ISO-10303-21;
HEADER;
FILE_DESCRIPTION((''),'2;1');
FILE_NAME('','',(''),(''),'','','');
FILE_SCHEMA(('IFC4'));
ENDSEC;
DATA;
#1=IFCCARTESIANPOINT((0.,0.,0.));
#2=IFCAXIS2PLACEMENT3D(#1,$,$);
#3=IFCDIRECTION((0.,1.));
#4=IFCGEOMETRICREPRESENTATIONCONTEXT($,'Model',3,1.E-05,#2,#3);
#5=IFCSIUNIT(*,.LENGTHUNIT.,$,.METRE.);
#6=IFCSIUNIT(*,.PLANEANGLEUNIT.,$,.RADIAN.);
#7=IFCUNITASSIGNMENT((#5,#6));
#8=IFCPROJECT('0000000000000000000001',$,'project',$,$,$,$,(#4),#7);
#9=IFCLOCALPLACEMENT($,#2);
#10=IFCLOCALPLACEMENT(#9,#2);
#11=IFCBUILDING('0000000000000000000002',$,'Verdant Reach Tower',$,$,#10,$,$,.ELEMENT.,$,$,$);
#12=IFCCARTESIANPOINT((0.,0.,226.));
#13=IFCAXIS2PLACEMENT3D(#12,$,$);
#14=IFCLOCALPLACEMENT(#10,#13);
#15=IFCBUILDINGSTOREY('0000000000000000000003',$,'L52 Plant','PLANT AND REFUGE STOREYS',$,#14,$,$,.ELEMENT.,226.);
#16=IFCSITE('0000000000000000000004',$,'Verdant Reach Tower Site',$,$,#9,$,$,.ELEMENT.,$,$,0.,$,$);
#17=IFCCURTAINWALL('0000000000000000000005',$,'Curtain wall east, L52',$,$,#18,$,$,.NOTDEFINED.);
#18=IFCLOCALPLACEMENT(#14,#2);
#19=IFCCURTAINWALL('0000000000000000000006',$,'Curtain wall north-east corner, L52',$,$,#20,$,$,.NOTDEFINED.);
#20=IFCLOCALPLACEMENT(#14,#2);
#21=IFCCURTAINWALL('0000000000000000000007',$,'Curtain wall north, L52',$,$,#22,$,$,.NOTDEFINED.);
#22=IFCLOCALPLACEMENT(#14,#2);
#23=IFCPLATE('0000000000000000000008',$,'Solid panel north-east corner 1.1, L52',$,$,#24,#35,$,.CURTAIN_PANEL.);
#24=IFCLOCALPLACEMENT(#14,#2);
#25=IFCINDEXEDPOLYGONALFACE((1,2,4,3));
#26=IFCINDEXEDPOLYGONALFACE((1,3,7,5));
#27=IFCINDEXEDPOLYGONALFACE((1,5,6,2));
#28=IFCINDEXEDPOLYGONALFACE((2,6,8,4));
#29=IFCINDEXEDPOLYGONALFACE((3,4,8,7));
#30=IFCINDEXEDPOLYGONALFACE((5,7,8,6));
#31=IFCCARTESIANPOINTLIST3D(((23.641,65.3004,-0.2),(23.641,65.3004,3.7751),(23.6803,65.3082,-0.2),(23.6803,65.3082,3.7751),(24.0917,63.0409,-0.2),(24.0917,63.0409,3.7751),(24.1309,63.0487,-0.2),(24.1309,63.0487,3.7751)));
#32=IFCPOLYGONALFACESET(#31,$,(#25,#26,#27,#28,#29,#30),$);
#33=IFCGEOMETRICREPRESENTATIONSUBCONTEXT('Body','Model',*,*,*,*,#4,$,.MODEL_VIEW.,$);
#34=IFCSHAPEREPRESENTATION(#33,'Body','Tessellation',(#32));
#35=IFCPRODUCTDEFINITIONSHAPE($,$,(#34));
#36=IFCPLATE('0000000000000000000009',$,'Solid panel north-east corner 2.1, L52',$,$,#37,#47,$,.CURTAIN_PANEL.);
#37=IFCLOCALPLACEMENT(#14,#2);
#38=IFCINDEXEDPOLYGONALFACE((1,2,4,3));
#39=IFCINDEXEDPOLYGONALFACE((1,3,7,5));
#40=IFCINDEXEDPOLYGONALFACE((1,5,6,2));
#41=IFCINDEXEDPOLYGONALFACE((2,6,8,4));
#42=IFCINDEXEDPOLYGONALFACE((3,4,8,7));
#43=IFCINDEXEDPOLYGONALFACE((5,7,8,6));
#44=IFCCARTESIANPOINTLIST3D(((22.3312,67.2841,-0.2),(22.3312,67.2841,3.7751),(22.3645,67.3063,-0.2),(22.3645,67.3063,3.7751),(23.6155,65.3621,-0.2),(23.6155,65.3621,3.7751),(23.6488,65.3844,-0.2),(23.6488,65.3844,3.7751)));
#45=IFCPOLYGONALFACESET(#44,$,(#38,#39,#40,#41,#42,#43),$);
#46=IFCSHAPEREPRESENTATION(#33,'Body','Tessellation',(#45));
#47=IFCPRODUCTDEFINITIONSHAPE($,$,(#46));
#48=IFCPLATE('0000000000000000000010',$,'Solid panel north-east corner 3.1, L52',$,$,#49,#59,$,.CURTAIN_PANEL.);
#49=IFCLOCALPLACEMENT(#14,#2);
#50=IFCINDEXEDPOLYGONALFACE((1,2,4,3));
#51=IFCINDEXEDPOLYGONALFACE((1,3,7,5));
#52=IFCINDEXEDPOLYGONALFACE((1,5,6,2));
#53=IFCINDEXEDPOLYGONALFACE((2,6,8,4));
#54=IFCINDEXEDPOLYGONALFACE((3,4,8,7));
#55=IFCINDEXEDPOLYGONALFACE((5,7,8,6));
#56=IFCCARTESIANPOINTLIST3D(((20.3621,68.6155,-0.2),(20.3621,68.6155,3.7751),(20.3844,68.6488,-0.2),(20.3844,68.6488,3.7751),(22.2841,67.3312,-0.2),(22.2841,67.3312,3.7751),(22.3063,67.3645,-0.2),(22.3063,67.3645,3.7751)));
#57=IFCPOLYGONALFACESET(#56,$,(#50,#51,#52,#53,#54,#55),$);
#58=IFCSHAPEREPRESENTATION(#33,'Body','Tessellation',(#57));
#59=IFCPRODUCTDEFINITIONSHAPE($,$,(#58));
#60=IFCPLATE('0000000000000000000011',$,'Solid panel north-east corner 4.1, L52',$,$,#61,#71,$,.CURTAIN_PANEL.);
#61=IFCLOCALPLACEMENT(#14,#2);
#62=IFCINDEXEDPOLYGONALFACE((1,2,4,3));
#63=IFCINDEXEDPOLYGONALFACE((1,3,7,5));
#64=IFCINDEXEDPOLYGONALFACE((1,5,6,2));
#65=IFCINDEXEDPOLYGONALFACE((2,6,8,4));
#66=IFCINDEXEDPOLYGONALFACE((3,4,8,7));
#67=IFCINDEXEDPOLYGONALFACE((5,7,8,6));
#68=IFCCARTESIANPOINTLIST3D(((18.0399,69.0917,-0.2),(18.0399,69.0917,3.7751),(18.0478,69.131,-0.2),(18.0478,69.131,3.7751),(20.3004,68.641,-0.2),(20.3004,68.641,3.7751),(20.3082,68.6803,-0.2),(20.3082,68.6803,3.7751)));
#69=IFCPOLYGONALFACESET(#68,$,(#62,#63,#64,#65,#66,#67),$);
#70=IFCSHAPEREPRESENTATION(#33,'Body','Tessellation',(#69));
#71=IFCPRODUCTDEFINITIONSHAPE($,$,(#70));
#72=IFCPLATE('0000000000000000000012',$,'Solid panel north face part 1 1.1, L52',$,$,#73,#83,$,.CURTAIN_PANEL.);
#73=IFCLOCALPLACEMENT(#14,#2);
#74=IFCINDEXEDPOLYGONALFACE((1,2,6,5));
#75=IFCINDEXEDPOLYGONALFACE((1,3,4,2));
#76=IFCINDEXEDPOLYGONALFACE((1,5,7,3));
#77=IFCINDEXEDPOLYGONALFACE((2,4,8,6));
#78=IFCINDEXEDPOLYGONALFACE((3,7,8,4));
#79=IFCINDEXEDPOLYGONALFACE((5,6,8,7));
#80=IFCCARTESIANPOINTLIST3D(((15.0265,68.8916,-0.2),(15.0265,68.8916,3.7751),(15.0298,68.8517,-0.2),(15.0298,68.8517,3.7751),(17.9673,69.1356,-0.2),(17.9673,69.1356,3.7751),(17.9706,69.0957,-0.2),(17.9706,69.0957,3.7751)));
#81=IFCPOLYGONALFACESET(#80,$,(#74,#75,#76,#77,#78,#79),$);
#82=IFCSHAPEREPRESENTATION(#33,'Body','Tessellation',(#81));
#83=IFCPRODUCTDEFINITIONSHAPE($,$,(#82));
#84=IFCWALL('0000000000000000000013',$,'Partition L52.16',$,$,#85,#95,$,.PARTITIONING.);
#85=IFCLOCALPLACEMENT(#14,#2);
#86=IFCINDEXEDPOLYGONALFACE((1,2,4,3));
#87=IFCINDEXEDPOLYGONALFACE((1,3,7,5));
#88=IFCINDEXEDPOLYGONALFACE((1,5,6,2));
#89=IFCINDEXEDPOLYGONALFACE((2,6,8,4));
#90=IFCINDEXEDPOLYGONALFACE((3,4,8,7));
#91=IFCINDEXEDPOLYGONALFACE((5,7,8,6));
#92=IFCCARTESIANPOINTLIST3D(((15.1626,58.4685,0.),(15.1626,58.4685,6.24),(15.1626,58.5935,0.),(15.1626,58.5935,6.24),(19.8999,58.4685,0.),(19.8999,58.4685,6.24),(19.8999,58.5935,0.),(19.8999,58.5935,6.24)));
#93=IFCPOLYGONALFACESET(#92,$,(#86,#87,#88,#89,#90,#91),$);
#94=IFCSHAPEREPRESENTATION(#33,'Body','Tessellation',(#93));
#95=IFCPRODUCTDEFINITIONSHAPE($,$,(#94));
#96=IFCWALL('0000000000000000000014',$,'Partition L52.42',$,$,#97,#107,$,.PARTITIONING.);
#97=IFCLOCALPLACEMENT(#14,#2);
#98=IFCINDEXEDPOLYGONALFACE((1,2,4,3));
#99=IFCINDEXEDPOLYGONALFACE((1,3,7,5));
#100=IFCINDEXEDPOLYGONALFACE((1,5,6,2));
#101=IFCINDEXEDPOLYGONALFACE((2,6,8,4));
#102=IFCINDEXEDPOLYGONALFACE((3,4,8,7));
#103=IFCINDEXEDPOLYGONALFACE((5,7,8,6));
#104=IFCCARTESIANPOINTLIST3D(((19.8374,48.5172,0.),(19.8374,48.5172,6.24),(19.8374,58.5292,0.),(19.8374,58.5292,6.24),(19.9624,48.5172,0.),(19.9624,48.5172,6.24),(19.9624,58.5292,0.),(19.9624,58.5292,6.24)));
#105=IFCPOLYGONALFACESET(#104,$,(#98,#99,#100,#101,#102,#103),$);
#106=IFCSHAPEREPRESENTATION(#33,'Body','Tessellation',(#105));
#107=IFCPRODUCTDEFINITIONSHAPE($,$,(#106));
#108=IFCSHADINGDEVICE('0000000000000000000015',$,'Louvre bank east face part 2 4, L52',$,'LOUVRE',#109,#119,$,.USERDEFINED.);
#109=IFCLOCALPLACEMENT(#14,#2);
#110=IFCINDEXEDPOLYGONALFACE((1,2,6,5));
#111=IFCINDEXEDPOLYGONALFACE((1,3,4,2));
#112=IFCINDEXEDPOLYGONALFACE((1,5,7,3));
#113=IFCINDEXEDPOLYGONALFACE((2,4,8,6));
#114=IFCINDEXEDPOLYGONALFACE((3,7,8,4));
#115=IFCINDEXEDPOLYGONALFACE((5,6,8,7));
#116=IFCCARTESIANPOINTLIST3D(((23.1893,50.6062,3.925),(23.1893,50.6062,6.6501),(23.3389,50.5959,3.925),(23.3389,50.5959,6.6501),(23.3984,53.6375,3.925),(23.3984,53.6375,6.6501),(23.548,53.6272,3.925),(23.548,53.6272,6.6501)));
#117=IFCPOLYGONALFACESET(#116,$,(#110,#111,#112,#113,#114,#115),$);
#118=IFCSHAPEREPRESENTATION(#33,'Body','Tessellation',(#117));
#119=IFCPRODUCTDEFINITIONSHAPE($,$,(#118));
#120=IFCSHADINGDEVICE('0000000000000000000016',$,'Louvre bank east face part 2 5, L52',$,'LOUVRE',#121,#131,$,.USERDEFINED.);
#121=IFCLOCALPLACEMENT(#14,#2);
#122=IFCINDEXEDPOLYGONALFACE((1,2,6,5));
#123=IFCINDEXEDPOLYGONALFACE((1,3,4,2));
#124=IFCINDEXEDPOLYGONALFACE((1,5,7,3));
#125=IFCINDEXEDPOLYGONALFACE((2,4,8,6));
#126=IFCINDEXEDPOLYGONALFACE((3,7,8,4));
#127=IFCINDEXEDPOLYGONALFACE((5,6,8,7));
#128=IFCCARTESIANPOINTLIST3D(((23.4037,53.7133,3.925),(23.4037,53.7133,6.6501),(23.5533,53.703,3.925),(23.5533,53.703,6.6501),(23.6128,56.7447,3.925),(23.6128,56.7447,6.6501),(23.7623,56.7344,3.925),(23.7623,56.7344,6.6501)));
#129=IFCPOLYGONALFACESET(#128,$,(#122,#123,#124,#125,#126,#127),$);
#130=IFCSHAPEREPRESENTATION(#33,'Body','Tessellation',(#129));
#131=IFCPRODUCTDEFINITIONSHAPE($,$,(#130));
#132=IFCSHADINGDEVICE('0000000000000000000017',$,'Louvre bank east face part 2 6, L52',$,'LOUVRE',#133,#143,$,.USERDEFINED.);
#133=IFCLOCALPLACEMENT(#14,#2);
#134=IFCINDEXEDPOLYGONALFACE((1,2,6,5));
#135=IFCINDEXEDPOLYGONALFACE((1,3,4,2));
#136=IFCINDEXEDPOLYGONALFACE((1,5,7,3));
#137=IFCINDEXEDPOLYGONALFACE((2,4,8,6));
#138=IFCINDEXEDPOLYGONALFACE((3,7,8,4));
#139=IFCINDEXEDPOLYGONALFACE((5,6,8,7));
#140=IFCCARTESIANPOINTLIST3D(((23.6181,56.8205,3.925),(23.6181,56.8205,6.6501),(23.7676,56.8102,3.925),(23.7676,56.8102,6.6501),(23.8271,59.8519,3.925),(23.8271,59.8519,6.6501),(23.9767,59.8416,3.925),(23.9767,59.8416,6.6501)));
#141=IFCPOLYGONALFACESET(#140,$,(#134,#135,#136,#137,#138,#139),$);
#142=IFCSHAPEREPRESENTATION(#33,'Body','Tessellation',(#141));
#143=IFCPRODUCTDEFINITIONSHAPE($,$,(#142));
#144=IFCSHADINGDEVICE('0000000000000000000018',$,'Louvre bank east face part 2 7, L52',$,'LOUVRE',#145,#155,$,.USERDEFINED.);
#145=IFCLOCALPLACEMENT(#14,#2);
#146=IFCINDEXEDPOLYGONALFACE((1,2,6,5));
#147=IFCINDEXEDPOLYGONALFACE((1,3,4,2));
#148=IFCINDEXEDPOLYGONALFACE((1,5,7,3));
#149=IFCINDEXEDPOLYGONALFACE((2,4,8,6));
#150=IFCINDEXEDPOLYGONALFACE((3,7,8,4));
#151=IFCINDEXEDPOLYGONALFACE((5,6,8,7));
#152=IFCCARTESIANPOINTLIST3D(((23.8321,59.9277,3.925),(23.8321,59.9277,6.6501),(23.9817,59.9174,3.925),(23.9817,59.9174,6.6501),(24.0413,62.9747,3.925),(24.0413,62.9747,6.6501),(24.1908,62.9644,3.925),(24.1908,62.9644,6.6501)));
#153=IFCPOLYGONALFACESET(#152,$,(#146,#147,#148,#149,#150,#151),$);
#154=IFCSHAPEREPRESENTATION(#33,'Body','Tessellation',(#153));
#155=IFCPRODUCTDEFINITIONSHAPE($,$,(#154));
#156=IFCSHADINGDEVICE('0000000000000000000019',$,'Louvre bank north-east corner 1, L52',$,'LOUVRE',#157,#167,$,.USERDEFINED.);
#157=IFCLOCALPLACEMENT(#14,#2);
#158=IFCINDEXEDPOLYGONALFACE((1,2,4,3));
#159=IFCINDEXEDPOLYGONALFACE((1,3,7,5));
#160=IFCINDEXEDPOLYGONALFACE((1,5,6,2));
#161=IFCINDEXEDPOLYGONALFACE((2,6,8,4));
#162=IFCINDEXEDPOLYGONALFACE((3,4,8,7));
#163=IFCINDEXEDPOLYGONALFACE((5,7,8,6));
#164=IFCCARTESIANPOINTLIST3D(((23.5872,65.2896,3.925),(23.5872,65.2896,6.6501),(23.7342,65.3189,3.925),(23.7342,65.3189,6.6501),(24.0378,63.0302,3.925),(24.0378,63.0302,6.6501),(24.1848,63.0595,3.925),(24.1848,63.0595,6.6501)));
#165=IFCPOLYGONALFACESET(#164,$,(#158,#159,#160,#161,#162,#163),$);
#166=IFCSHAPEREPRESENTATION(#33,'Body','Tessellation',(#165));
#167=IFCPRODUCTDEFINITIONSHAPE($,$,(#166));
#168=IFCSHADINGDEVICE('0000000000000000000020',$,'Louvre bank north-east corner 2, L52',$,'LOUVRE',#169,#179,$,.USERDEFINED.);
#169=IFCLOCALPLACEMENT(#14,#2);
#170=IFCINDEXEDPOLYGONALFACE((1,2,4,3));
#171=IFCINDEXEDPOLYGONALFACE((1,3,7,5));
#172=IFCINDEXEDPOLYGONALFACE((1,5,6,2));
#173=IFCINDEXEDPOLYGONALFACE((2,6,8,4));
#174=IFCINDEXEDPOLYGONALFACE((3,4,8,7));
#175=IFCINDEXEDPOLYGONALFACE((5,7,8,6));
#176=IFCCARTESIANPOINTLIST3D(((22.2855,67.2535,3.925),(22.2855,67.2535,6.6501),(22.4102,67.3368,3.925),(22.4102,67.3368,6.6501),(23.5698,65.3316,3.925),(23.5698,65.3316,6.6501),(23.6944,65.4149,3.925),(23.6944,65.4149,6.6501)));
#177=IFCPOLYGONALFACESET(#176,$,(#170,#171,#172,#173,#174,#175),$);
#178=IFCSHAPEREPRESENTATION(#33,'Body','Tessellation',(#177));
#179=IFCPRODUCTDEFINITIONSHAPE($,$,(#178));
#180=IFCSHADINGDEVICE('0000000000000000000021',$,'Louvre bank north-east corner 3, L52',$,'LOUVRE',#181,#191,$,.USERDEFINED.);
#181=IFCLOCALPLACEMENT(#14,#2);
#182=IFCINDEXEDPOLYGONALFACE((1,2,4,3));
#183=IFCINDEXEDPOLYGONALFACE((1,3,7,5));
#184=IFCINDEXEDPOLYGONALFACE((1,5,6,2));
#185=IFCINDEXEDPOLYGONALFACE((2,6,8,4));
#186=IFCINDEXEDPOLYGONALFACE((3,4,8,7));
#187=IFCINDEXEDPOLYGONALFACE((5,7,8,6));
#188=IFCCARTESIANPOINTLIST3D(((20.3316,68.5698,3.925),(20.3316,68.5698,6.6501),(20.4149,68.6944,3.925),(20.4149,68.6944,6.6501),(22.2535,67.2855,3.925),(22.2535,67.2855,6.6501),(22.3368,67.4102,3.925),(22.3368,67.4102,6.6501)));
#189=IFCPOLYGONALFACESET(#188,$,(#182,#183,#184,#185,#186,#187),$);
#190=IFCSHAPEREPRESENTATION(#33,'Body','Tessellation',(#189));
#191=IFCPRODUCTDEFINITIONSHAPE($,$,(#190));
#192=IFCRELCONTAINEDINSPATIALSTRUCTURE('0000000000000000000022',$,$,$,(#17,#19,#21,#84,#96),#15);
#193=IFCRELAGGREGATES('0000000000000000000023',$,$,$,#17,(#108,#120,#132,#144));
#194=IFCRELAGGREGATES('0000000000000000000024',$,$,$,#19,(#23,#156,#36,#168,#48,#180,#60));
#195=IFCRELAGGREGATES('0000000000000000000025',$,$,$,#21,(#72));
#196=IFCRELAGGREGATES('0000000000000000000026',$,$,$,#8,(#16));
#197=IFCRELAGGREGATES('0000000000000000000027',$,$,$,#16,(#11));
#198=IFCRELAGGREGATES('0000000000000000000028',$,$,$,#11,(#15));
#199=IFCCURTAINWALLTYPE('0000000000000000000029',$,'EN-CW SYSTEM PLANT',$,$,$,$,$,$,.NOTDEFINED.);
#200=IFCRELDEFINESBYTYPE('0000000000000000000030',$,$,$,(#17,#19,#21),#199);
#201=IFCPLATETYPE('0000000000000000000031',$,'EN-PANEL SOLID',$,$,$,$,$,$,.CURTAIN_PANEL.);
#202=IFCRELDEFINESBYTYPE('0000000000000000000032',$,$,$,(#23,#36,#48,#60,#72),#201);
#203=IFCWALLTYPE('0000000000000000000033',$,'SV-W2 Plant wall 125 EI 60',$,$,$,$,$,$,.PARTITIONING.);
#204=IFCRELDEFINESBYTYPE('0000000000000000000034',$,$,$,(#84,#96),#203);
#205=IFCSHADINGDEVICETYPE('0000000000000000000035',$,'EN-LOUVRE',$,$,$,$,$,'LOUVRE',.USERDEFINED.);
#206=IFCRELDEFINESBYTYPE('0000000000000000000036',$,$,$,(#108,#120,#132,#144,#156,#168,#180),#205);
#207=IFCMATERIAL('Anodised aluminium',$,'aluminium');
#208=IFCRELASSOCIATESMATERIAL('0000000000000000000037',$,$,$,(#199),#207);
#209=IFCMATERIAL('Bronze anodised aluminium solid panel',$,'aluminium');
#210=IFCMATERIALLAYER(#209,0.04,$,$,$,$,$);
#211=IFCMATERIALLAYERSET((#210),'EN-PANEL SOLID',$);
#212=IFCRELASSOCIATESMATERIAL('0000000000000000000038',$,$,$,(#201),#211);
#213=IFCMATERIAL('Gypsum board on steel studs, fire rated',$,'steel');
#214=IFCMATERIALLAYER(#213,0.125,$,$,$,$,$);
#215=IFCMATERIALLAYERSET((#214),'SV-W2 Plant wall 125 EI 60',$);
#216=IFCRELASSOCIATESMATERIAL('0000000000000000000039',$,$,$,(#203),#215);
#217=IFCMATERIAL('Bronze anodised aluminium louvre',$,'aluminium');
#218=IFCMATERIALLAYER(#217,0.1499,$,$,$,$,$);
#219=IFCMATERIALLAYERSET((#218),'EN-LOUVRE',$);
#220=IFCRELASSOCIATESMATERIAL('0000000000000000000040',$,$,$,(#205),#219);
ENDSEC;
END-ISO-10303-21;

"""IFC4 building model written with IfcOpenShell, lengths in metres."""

from ifc_helpers import new_model, si_unit, direction, frame, frame_2d, origin, origin_2d, place, context, subcontext, project, spatial, rectangle, extrude, material, layer, layer_set, type_object, element, aggregate, save


model = new_model("IFC4")

# Units and contexts
model_context = context("Model", 3, precision=1e-05, world=origin(), true_north=direction((0.0, 1.0)))
body_context = subcontext(model_context, "Body", "Model", "MODEL_VIEW")
ifc_project = project(units=[si_unit("LENGTHUNIT", "METRE"), si_unit("PLANEANGLEUNIT", "RADIAN")], contexts=[model_context])

# Site, building, storey
site_placement = place(None, origin())
site = spatial("IfcSite", under=ifc_project, at=site_placement, Name="Verdant Reach Tower Site", CompositionType="ELEMENT", RefElevation=0.0)
building_placement = place(site_placement, origin())
building = spatial("IfcBuilding", under=site, at=building_placement, Name="Verdant Reach Tower", CompositionType="ELEMENT")
storey_placement = place(building_placement, frame((0.0, 0.0, 226.0)))
storey = spatial("IfcBuildingStorey", under=building, at=storey_placement, Name="L52 Plant", Description="PLANT AND REFUGE STOREYS", CompositionType="ELEMENT", Elevation=226.0)

# Curtain walls
ifc_material_1 = material(Name="Anodised aluminium", Category="aluminium")
curtain_wall_type = type_object("IfcCurtainWallType", Name="EN-CW SYSTEM PLANT", PredefinedType="NOTDEFINED", material=ifc_material_1)
curtain_wall_1_placement = place(storey_placement, origin())
curtain_wall_1 = element("IfcCurtainWall", 1, at=curtain_wall_1_placement, inside=storey, type_object=curtain_wall_type, Name="Curtain wall east, L52", PredefinedType="NOTDEFINED")
curtain_wall_2_placement = place(storey_placement, origin())
curtain_wall_2 = element("IfcCurtainWall", 2, at=curtain_wall_2_placement, inside=storey, type_object=curtain_wall_type, Name="Curtain wall north-east corner, L52", PredefinedType="NOTDEFINED")
curtain_wall_3_placement = place(storey_placement, origin())
curtain_wall_3 = element("IfcCurtainWall", 3, at=curtain_wall_3_placement, inside=storey, type_object=curtain_wall_type, Name="Curtain wall north, L52", PredefinedType="NOTDEFINED")

# Plates
ifc_material_2 = material(Name="Bronze anodised aluminium solid panel", Category="aluminium")
ifc_layer_1 = layer(ifc_material_2, 0.04)
ifc_layer_set_1 = layer_set([ifc_layer_1], Name="EN-PANEL SOLID")
plate_type = type_object("IfcPlateType", Name="EN-PANEL SOLID", PredefinedType="CURTAIN_PANEL", material=ifc_layer_set_1)
plate_1_placement = place(storey_placement, frame((23.886, 64.1746, -0.2), z_axis=(0.0, 0.0, 1.0), x_axis=(-0.195593, 0.980685, 0.0)))
plate_1 = element("IfcPlate", 4, at=plate_1_placement, type_object=plate_type, Name="Solid panel north-east corner 1.1, L52", PredefinedType="CURTAIN_PANEL", context=body_context, shape_type="SweptSolid", body=[
    extrude(rectangle(XDim=2.304, YDim=0.04, at=origin_2d()), origin(), (0.0, 0.0, 1.0), 3.9751),
])
plate_2_placement = place(storey_placement, frame((22.99, 66.3342, -0.2), z_axis=(0.0, 0.0, 1.0), x_axis=(-0.555596, 0.831452, 0.0)))
plate_2 = element("IfcPlate", 5, at=plate_2_placement, type_object=plate_type, Name="Solid panel north-east corner 2.1, L52", PredefinedType="CURTAIN_PANEL", context=body_context, shape_type="SweptSolid", body=[
    extrude(rectangle(XDim=2.3115, YDim=0.04, at=origin_2d()), origin(), (0.0, 0.0, 1.0), 3.9751),
])
plate_3_placement = place(storey_placement, frame((21.3342, 67.99, -0.2), z_axis=(0.0, 0.0, 1.0), x_axis=(-0.831452, 0.555596, 0.0)))
plate_3 = element("IfcPlate", 6, at=plate_3_placement, type_object=plate_type, Name="Solid panel north-east corner 3.1, L52", PredefinedType="CURTAIN_PANEL", context=body_context, shape_type="SweptSolid", body=[
    extrude(rectangle(XDim=2.3115, YDim=0.04, at=origin_2d()), origin(), (0.0, 0.0, 1.0), 3.9751),
])
plate_4_placement = place(storey_placement, frame((19.1741, 68.886, -0.2), z_axis=(0.0, 0.0, 1.0), x_axis=(-0.980695, 0.195545, 0.0)))
plate_4 = element("IfcPlate", 7, at=plate_4_placement, type_object=plate_type, Name="Solid panel north-east corner 4.1, L52", PredefinedType="CURTAIN_PANEL", context=body_context, shape_type="SweptSolid", body=[
    extrude(rectangle(XDim=2.3049, YDim=0.04, at=origin_2d()), origin(), (0.0, 0.0, 1.0), 3.9751),
])
plate_5_placement = place(storey_placement, frame((16.4985, 68.9937, -0.2), z_axis=(0.0, 0.0, 1.0), x_axis=(-0.996578, -0.082664, 0.0)))
plate_5 = element("IfcPlate", 8, at=plate_5_placement, type_object=plate_type, Name="Solid panel north face part 1 1.1, L52", PredefinedType="CURTAIN_PANEL", context=body_context, shape_type="SweptSolid", body=[
    extrude(rectangle(XDim=2.9509, YDim=0.04, at=origin_2d()), origin(), (0.0, 0.0, 1.0), 3.9751),
])

# Walls
ifc_material_3 = material(Name="Gypsum board on steel studs, fire rated", Category="steel")
ifc_layer_2 = layer(ifc_material_3, 0.125)
ifc_layer_set_2 = layer_set([ifc_layer_2], Name="SV-W2 Plant wall 125 EI 60")
wall_type = type_object("IfcWallType", Name="SV-W2 Plant wall 125 EI 60", PredefinedType="PARTITIONING", material=ifc_layer_set_2)
wall_1_placement = place(storey_placement, frame((15.1626, 58.531, 0.0), z_axis=(0.0, 0.0, 1.0), x_axis=(1.0, 0.0, 0.0)))
element("IfcWall", 9, at=wall_1_placement, inside=storey, type_object=wall_type, Name="Partition L52.16", PredefinedType="PARTITIONING", context=body_context, shape_type="SweptSolid", body=[
    extrude(rectangle(XDim=4.7373, YDim=0.125, at=frame_2d((2.3687, 0.0))), origin(), (0.0, 0.0, 1.0), 6.24),
])
wall_2_placement = place(storey_placement, frame((19.8999, 58.5291, 0.0), z_axis=(0.0, 0.0, 1.0), x_axis=(0.0, -1.0, 0.0)))
element("IfcWall", 10, at=wall_2_placement, inside=storey, type_object=wall_type, Name="Partition L52.42", PredefinedType="PARTITIONING", context=body_context, shape_type="SweptSolid", body=[
    extrude(rectangle(XDim=10.012, YDim=0.125, at=frame_2d((5.0059, 0.0))), origin(), (0.0, 0.0, 1.0), 6.24),
])

# Shading devices
ifc_material_4 = material(Name="Bronze anodised aluminium louvre", Category="aluminium")
ifc_layer_3 = layer(ifc_material_4, 0.1499)
ifc_layer_set_3 = layer_set([ifc_layer_3], Name="EN-LOUVRE")
shading_device_type = type_object("IfcShadingDeviceType", Name="EN-LOUVRE", ElementType="LOUVRE", PredefinedType="USERDEFINED", material=ifc_layer_set_3)
shading_device_1_placement = place(storey_placement, frame((23.3687, 52.1167, 3.925), z_axis=(0.0, 0.0, 1.0), x_axis=(0.068802, 0.99763, 0.0)))
shading_device_1 = element("IfcShadingDevice", 11, at=shading_device_1_placement, type_object=shading_device_type, Name="Louvre bank east face part 2 4, L52", ObjectType="LOUVRE", PredefinedType="USERDEFINED", context=body_context, shape_type="SweptSolid", body=[
    extrude(rectangle(XDim=3.0386, YDim=0.1499, at=origin_2d()), origin(), (0.0, 0.0, 1.0), 2.7251),
])
shading_device_2_placement = place(storey_placement, frame((23.583, 55.2239, 3.925), z_axis=(0.0, 0.0, 1.0), x_axis=(0.068802, 0.99763, 0.0)))
shading_device_2 = element("IfcShadingDevice", 12, at=shading_device_2_placement, type_object=shading_device_type, Name="Louvre bank east face part 2 5, L52", ObjectType="LOUVRE", PredefinedType="USERDEFINED", context=body_context, shape_type="SweptSolid", body=[
    extrude(rectangle(XDim=3.0386, YDim=0.1499, at=origin_2d()), origin(), (0.0, 0.0, 1.0), 2.7251),
])
shading_device_3_placement = place(storey_placement, frame((23.7974, 58.3311, 3.925), z_axis=(0.0, 0.0, 1.0), x_axis=(0.068802, 0.99763, 0.0)))
shading_device_3 = element("IfcShadingDevice", 13, at=shading_device_3_placement, type_object=shading_device_type, Name="Louvre bank east face part 2 6, L52", ObjectType="LOUVRE", PredefinedType="USERDEFINED", context=body_context, shape_type="SweptSolid", body=[
    extrude(rectangle(XDim=3.0386, YDim=0.1499, at=origin_2d()), origin(), (0.0, 0.0, 1.0), 2.7251),
])
shading_device_4_placement = place(storey_placement, frame((24.0115, 61.446, 3.925), z_axis=(0.0, 0.0, 1.0), x_axis=(0.068469, 0.997653, 0.0)))
shading_device_4 = element("IfcShadingDevice", 14, at=shading_device_4_placement, type_object=shading_device_type, Name="Louvre bank east face part 2 7, L52", ObjectType="LOUVRE", PredefinedType="USERDEFINED", context=body_context, shape_type="SweptSolid", body=[
    extrude(rectangle(XDim=3.0542, YDim=0.1499, at=origin_2d()), origin(), (0.0, 0.0, 1.0), 2.7251),
])
aggregate(curtain_wall_1, [shading_device_1, shading_device_2, shading_device_3, shading_device_4])
shading_device_5_placement = place(storey_placement, frame((23.886, 64.1746, 3.925), z_axis=(0.0, 0.0, 1.0), x_axis=(-0.195593, 0.980685, 0.0)))
shading_device_5 = element("IfcShadingDevice", 15, at=shading_device_5_placement, type_object=shading_device_type, Name="Louvre bank north-east corner 1, L52", ObjectType="LOUVRE", PredefinedType="USERDEFINED", context=body_context, shape_type="SweptSolid", body=[
    extrude(rectangle(XDim=2.304, YDim=0.1499, at=origin_2d()), origin(), (0.0, 0.0, 1.0), 2.7251),
])
shading_device_6_placement = place(storey_placement, frame((22.99, 66.3342, 3.925), z_axis=(0.0, 0.0, 1.0), x_axis=(-0.555596, 0.831452, 0.0)))
shading_device_6 = element("IfcShadingDevice", 16, at=shading_device_6_placement, type_object=shading_device_type, Name="Louvre bank north-east corner 2, L52", ObjectType="LOUVRE", PredefinedType="USERDEFINED", context=body_context, shape_type="SweptSolid", body=[
    extrude(rectangle(XDim=2.3115, YDim=0.1499, at=origin_2d()), origin(), (0.0, 0.0, 1.0), 2.7251),
])
shading_device_7_placement = place(storey_placement, frame((21.3342, 67.99, 3.925), z_axis=(0.0, 0.0, 1.0), x_axis=(-0.831452, 0.555596, 0.0)))
shading_device_7 = element("IfcShadingDevice", 17, at=shading_device_7_placement, type_object=shading_device_type, Name="Louvre bank north-east corner 3, L52", ObjectType="LOUVRE", PredefinedType="USERDEFINED", context=body_context, shape_type="SweptSolid", body=[
    extrude(rectangle(XDim=2.3115, YDim=0.1499, at=origin_2d()), origin(), (0.0, 0.0, 1.0), 2.7251),
])
aggregate(curtain_wall_2, [plate_1, shading_device_5, plate_2, shading_device_6, plate_3, shading_device_7, plate_4])
aggregate(curtain_wall_3, [plate_5])

save(model, "model.ifc")
